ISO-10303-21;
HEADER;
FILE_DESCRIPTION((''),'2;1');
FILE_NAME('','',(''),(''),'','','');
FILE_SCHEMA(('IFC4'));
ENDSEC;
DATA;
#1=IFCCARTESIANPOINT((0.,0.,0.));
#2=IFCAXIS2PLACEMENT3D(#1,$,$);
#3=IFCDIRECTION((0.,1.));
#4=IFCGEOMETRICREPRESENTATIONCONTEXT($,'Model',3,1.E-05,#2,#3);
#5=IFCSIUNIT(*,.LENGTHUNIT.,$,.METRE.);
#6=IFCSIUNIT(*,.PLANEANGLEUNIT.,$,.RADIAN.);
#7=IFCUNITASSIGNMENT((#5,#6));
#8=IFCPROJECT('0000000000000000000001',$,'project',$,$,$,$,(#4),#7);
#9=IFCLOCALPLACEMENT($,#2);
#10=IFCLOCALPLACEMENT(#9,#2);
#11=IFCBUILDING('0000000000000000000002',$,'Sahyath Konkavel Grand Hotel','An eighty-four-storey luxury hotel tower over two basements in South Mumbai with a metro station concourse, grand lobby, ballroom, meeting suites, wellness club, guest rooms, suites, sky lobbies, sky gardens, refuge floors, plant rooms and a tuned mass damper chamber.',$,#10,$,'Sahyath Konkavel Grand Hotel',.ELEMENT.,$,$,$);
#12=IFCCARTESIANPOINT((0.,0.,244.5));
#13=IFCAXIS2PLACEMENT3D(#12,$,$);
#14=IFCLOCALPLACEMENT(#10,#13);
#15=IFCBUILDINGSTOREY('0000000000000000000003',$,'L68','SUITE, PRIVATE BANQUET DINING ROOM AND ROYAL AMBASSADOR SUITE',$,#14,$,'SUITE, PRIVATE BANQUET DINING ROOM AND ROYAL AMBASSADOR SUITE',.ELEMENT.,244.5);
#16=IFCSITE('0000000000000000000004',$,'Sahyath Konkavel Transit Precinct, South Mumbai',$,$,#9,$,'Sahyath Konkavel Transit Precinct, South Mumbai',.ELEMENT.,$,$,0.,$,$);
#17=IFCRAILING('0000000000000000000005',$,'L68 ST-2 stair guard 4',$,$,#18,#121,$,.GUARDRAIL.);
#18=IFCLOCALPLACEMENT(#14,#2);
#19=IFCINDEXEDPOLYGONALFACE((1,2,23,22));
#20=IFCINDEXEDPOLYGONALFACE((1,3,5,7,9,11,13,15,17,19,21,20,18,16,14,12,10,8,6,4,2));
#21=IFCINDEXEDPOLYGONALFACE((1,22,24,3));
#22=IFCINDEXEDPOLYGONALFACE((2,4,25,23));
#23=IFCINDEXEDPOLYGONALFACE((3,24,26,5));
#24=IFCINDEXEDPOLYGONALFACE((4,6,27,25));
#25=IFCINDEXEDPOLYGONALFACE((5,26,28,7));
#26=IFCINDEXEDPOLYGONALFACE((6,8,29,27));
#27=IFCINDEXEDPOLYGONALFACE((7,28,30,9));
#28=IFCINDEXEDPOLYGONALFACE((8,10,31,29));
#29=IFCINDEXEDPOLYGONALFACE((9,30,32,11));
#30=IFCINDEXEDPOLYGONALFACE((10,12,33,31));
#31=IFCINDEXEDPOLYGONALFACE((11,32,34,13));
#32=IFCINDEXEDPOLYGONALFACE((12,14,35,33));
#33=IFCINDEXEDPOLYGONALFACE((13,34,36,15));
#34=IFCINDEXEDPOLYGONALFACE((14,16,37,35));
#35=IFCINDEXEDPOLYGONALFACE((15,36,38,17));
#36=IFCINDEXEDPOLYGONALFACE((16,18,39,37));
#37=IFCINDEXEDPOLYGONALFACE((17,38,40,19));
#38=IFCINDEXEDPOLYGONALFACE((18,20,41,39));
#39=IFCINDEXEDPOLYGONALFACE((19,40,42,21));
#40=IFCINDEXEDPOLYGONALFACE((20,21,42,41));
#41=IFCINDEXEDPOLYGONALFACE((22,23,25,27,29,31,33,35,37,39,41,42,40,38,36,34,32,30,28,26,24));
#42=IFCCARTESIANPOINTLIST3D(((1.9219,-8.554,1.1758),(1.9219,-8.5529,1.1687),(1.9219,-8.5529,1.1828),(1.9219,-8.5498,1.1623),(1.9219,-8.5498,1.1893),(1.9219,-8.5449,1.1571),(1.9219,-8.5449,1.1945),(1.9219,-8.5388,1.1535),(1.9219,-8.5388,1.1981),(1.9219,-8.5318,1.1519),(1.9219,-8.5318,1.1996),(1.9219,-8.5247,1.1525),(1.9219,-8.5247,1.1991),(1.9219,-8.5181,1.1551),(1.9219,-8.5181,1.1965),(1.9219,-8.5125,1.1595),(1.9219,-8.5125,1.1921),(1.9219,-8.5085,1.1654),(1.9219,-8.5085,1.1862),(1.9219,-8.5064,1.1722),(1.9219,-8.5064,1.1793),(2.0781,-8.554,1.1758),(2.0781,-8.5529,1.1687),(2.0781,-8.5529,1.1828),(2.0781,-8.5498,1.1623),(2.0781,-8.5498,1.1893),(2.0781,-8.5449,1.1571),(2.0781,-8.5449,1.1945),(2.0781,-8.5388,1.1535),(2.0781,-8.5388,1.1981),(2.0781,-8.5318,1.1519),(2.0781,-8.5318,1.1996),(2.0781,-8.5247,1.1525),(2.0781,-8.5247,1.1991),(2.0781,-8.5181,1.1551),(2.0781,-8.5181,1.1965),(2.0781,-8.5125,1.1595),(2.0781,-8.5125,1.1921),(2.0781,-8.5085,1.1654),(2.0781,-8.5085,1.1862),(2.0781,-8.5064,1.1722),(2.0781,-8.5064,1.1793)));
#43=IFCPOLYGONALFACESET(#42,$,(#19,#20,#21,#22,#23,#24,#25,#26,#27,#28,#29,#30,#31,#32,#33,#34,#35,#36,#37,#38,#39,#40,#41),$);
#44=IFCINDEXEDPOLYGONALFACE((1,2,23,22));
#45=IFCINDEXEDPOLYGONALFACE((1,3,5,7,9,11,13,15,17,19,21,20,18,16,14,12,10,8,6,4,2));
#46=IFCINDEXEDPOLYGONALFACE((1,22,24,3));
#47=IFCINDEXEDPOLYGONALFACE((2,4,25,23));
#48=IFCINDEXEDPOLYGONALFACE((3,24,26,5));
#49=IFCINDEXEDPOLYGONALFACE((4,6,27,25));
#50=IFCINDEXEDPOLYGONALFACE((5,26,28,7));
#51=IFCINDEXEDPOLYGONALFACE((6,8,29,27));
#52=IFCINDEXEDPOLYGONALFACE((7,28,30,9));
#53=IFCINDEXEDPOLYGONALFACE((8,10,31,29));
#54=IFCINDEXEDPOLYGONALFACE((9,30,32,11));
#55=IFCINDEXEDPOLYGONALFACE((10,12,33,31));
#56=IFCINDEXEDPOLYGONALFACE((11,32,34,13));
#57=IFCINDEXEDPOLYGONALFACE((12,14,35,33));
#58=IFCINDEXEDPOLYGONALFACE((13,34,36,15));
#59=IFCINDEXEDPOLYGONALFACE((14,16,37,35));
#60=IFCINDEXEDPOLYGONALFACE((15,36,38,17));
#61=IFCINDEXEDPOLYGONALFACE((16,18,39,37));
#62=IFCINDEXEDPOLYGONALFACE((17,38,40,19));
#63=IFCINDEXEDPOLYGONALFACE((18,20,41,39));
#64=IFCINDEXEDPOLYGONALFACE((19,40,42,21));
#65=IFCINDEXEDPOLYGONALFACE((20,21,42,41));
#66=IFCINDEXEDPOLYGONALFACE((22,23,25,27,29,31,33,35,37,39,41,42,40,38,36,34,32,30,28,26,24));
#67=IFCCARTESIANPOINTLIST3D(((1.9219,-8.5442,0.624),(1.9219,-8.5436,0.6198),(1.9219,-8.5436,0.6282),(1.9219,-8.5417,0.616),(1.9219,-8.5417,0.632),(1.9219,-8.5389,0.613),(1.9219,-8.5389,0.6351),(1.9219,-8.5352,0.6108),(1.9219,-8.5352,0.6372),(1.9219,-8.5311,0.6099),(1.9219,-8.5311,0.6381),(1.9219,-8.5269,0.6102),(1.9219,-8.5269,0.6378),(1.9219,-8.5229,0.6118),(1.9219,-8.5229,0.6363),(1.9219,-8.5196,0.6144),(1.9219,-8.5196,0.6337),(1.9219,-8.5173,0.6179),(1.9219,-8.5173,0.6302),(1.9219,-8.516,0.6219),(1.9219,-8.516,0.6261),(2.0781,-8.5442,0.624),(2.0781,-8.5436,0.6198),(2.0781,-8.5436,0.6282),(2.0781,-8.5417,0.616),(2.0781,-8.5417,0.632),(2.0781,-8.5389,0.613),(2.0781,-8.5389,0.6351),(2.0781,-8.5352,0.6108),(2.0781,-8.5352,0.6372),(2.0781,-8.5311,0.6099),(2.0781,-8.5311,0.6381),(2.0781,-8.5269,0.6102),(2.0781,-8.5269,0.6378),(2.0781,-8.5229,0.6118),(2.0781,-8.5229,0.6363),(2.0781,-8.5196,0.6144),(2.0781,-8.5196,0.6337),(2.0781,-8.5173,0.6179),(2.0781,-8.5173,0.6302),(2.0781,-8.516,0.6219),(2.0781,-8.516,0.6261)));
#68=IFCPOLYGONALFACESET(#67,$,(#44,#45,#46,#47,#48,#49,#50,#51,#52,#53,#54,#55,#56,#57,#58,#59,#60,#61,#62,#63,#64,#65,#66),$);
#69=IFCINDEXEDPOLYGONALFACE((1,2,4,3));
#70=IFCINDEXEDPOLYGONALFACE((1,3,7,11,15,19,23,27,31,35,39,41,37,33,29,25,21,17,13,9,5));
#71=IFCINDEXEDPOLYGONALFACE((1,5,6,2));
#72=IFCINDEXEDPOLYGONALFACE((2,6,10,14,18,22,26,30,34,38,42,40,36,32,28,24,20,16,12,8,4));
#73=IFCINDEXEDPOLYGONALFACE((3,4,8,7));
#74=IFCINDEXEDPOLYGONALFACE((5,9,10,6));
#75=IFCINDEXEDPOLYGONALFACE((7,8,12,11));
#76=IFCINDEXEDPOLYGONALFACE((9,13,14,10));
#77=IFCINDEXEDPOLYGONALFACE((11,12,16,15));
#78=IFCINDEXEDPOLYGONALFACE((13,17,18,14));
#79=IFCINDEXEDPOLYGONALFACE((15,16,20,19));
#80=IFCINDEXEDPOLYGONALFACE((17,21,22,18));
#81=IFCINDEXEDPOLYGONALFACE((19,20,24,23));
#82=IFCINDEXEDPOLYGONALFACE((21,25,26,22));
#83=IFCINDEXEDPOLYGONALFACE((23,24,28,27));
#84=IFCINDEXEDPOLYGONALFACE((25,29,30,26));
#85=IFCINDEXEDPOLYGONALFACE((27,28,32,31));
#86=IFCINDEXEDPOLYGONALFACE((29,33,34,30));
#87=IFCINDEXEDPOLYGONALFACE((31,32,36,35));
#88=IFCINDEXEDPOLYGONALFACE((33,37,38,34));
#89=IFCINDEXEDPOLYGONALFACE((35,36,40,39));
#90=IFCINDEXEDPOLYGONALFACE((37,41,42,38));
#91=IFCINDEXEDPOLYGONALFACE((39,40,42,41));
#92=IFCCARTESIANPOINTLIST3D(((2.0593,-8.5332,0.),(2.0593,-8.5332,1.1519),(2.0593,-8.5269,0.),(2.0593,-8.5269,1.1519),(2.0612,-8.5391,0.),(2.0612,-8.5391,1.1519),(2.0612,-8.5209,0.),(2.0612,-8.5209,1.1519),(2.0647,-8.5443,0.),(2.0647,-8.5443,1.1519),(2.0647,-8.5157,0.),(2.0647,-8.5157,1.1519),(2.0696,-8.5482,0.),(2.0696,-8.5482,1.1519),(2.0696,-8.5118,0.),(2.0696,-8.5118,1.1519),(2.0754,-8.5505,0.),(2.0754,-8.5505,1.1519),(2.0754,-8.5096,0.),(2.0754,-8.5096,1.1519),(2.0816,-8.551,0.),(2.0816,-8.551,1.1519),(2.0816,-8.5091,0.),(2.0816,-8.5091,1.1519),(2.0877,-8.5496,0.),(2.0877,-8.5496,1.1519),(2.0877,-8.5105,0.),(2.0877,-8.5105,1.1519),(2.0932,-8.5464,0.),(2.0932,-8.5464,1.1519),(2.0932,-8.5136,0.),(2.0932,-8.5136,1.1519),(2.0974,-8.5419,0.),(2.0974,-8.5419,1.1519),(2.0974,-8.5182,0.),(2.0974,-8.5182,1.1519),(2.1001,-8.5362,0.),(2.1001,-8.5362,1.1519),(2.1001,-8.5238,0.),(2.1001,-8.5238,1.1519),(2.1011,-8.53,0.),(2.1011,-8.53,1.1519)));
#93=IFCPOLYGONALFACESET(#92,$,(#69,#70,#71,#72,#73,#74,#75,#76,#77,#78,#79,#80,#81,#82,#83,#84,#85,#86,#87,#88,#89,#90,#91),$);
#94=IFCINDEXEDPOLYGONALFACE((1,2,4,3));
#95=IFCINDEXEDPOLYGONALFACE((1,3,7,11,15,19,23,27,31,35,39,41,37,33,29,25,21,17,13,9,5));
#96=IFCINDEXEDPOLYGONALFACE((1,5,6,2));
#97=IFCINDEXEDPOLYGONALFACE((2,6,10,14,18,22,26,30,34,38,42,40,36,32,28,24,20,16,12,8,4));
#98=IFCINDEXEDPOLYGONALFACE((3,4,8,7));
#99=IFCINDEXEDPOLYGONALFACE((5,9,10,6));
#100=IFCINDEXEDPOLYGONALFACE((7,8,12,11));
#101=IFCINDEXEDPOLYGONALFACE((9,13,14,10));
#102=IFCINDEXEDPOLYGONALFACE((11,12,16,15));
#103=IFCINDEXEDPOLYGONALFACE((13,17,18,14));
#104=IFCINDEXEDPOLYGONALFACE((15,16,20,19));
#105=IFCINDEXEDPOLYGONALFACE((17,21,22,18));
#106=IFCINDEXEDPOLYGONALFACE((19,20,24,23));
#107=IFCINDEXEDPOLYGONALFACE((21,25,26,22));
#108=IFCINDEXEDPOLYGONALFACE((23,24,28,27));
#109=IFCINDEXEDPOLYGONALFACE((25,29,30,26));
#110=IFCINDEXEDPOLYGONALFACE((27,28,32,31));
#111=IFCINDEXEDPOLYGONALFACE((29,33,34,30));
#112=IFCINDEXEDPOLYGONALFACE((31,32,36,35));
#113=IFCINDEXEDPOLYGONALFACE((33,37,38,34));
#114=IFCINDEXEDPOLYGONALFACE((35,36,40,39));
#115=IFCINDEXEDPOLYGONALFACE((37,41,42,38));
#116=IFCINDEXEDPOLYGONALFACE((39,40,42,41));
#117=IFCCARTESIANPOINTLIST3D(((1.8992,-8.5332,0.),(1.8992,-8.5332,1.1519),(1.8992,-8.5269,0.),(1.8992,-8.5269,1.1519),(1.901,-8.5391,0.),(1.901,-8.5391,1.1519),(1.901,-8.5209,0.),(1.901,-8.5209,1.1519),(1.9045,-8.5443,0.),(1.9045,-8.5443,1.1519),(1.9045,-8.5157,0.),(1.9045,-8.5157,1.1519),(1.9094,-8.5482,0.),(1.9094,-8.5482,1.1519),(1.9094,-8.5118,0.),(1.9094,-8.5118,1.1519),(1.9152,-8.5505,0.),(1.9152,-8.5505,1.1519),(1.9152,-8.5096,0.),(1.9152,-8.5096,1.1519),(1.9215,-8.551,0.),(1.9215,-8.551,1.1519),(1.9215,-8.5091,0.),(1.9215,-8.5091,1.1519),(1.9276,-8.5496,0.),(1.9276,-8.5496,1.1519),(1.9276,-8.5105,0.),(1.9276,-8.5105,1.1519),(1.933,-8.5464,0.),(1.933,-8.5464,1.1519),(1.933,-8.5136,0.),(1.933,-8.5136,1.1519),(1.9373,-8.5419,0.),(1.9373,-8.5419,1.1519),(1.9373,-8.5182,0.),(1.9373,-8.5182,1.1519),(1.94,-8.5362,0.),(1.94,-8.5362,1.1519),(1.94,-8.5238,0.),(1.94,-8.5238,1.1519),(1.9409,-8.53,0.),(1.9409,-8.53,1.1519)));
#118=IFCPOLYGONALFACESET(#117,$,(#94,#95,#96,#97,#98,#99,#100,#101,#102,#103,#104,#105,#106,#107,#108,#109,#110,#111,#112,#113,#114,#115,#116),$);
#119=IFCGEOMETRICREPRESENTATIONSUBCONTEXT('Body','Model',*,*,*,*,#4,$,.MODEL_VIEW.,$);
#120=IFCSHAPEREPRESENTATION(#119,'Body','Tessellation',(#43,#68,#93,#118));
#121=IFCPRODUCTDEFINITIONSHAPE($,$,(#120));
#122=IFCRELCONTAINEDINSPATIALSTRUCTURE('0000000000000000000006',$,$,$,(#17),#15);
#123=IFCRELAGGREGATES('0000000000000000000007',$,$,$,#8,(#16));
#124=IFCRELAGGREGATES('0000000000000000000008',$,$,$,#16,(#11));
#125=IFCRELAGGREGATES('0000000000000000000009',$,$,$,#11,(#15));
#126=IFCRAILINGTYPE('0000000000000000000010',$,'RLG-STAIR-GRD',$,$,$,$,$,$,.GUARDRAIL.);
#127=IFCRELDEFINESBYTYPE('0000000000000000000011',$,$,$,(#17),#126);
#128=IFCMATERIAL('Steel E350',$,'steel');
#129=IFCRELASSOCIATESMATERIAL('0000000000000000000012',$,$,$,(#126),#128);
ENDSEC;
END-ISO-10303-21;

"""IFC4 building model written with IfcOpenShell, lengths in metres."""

from ifc_helpers import new_model, si_unit, direction, frame, origin, origin_2d, place, context, subcontext, project, spatial, circle, extrude, material, type_object, element, save


model = new_model("IFC4")

# Units and contexts
model_context = context("Model", 3, precision=1e-05, world=origin(), true_north=direction((0.0, 1.0)))
body_context = subcontext(model_context, "Body", "Model", "MODEL_VIEW")
ifc_project = project(units=[si_unit("LENGTHUNIT", "METRE"), si_unit("PLANEANGLEUNIT", "RADIAN")], contexts=[model_context])

# Site, building, storey
site_placement = place(None, origin())
site = spatial("IfcSite", under=ifc_project, at=site_placement, Name="Sahyath Konkavel Transit Precinct, South Mumbai", LongName="Sahyath Konkavel Transit Precinct, South Mumbai", CompositionType="ELEMENT", RefElevation=0.0)
building_placement = place(site_placement, origin())
building = spatial("IfcBuilding", under=site, at=building_placement, Name="Sahyath Konkavel Grand Hotel", Description="An eighty-four-storey luxury hotel tower over two basements in South Mumbai with a metro station concourse, grand lobby, ballroom, meeting suites, wellness club, guest rooms, suites, sky lobbies, sky gardens, refuge floors, plant rooms and a tuned mass damper chamber.", LongName="Sahyath Konkavel Grand Hotel", CompositionType="ELEMENT")
storey_placement = place(building_placement, frame((0.0, 0.0, 244.5)))
storey = spatial("IfcBuildingStorey", under=building, at=storey_placement, Name="L68", Description="SUITE, PRIVATE BANQUET DINING ROOM AND ROYAL AMBASSADOR SUITE", LongName="SUITE, PRIVATE BANQUET DINING ROOM AND ROYAL AMBASSADOR SUITE", CompositionType="ELEMENT", Elevation=244.5)

# Shared definitions
ifc_material_1 = material(Name="Steel E350", Category="steel")

# Railing
railing_type_1 = type_object("IfcRailingType", Name="RLG-STAIR-GRD", PredefinedType="GUARDRAIL", material=ifc_material_1)
railing_1_placement = place(storey_placement, frame((2.0801, -8.53, 0.0)))
element("IfcRailing", 1, at=railing_1_placement, inside=storey, type_object=railing_type_1, Name="L68 ST-2 stair guard 4", PredefinedType="GUARDRAIL", context=body_context, shape_type="SweptSolid", body=[
    extrude(circle(Radius=0.0239, at=origin_2d()), frame((-0.002, 0.0, 1.1758), z_axis=(-1.0, 0.0, 0.0), x_axis=(0.0, -1.0, 0.0)), (0.0, 0.0, 1.0), 0.1562),
    extrude(circle(Radius=0.0142, at=origin_2d()), frame((-0.002, 0.0, 0.624), z_axis=(-1.0, 0.0, 0.0), x_axis=(0.0, -1.0, 0.0)), (0.0, 0.0, 1.0), 0.1562),
    extrude(circle(Radius=0.021, at=origin_2d()), origin(), (0.0, 0.0, 1.0), 1.1519),
    extrude(circle(Radius=0.021, at=origin_2d()), frame((-0.1602, 0.0, 0.0)), (0.0, 0.0, 1.0), 1.1519),
])

save(model, "model.ifc")
